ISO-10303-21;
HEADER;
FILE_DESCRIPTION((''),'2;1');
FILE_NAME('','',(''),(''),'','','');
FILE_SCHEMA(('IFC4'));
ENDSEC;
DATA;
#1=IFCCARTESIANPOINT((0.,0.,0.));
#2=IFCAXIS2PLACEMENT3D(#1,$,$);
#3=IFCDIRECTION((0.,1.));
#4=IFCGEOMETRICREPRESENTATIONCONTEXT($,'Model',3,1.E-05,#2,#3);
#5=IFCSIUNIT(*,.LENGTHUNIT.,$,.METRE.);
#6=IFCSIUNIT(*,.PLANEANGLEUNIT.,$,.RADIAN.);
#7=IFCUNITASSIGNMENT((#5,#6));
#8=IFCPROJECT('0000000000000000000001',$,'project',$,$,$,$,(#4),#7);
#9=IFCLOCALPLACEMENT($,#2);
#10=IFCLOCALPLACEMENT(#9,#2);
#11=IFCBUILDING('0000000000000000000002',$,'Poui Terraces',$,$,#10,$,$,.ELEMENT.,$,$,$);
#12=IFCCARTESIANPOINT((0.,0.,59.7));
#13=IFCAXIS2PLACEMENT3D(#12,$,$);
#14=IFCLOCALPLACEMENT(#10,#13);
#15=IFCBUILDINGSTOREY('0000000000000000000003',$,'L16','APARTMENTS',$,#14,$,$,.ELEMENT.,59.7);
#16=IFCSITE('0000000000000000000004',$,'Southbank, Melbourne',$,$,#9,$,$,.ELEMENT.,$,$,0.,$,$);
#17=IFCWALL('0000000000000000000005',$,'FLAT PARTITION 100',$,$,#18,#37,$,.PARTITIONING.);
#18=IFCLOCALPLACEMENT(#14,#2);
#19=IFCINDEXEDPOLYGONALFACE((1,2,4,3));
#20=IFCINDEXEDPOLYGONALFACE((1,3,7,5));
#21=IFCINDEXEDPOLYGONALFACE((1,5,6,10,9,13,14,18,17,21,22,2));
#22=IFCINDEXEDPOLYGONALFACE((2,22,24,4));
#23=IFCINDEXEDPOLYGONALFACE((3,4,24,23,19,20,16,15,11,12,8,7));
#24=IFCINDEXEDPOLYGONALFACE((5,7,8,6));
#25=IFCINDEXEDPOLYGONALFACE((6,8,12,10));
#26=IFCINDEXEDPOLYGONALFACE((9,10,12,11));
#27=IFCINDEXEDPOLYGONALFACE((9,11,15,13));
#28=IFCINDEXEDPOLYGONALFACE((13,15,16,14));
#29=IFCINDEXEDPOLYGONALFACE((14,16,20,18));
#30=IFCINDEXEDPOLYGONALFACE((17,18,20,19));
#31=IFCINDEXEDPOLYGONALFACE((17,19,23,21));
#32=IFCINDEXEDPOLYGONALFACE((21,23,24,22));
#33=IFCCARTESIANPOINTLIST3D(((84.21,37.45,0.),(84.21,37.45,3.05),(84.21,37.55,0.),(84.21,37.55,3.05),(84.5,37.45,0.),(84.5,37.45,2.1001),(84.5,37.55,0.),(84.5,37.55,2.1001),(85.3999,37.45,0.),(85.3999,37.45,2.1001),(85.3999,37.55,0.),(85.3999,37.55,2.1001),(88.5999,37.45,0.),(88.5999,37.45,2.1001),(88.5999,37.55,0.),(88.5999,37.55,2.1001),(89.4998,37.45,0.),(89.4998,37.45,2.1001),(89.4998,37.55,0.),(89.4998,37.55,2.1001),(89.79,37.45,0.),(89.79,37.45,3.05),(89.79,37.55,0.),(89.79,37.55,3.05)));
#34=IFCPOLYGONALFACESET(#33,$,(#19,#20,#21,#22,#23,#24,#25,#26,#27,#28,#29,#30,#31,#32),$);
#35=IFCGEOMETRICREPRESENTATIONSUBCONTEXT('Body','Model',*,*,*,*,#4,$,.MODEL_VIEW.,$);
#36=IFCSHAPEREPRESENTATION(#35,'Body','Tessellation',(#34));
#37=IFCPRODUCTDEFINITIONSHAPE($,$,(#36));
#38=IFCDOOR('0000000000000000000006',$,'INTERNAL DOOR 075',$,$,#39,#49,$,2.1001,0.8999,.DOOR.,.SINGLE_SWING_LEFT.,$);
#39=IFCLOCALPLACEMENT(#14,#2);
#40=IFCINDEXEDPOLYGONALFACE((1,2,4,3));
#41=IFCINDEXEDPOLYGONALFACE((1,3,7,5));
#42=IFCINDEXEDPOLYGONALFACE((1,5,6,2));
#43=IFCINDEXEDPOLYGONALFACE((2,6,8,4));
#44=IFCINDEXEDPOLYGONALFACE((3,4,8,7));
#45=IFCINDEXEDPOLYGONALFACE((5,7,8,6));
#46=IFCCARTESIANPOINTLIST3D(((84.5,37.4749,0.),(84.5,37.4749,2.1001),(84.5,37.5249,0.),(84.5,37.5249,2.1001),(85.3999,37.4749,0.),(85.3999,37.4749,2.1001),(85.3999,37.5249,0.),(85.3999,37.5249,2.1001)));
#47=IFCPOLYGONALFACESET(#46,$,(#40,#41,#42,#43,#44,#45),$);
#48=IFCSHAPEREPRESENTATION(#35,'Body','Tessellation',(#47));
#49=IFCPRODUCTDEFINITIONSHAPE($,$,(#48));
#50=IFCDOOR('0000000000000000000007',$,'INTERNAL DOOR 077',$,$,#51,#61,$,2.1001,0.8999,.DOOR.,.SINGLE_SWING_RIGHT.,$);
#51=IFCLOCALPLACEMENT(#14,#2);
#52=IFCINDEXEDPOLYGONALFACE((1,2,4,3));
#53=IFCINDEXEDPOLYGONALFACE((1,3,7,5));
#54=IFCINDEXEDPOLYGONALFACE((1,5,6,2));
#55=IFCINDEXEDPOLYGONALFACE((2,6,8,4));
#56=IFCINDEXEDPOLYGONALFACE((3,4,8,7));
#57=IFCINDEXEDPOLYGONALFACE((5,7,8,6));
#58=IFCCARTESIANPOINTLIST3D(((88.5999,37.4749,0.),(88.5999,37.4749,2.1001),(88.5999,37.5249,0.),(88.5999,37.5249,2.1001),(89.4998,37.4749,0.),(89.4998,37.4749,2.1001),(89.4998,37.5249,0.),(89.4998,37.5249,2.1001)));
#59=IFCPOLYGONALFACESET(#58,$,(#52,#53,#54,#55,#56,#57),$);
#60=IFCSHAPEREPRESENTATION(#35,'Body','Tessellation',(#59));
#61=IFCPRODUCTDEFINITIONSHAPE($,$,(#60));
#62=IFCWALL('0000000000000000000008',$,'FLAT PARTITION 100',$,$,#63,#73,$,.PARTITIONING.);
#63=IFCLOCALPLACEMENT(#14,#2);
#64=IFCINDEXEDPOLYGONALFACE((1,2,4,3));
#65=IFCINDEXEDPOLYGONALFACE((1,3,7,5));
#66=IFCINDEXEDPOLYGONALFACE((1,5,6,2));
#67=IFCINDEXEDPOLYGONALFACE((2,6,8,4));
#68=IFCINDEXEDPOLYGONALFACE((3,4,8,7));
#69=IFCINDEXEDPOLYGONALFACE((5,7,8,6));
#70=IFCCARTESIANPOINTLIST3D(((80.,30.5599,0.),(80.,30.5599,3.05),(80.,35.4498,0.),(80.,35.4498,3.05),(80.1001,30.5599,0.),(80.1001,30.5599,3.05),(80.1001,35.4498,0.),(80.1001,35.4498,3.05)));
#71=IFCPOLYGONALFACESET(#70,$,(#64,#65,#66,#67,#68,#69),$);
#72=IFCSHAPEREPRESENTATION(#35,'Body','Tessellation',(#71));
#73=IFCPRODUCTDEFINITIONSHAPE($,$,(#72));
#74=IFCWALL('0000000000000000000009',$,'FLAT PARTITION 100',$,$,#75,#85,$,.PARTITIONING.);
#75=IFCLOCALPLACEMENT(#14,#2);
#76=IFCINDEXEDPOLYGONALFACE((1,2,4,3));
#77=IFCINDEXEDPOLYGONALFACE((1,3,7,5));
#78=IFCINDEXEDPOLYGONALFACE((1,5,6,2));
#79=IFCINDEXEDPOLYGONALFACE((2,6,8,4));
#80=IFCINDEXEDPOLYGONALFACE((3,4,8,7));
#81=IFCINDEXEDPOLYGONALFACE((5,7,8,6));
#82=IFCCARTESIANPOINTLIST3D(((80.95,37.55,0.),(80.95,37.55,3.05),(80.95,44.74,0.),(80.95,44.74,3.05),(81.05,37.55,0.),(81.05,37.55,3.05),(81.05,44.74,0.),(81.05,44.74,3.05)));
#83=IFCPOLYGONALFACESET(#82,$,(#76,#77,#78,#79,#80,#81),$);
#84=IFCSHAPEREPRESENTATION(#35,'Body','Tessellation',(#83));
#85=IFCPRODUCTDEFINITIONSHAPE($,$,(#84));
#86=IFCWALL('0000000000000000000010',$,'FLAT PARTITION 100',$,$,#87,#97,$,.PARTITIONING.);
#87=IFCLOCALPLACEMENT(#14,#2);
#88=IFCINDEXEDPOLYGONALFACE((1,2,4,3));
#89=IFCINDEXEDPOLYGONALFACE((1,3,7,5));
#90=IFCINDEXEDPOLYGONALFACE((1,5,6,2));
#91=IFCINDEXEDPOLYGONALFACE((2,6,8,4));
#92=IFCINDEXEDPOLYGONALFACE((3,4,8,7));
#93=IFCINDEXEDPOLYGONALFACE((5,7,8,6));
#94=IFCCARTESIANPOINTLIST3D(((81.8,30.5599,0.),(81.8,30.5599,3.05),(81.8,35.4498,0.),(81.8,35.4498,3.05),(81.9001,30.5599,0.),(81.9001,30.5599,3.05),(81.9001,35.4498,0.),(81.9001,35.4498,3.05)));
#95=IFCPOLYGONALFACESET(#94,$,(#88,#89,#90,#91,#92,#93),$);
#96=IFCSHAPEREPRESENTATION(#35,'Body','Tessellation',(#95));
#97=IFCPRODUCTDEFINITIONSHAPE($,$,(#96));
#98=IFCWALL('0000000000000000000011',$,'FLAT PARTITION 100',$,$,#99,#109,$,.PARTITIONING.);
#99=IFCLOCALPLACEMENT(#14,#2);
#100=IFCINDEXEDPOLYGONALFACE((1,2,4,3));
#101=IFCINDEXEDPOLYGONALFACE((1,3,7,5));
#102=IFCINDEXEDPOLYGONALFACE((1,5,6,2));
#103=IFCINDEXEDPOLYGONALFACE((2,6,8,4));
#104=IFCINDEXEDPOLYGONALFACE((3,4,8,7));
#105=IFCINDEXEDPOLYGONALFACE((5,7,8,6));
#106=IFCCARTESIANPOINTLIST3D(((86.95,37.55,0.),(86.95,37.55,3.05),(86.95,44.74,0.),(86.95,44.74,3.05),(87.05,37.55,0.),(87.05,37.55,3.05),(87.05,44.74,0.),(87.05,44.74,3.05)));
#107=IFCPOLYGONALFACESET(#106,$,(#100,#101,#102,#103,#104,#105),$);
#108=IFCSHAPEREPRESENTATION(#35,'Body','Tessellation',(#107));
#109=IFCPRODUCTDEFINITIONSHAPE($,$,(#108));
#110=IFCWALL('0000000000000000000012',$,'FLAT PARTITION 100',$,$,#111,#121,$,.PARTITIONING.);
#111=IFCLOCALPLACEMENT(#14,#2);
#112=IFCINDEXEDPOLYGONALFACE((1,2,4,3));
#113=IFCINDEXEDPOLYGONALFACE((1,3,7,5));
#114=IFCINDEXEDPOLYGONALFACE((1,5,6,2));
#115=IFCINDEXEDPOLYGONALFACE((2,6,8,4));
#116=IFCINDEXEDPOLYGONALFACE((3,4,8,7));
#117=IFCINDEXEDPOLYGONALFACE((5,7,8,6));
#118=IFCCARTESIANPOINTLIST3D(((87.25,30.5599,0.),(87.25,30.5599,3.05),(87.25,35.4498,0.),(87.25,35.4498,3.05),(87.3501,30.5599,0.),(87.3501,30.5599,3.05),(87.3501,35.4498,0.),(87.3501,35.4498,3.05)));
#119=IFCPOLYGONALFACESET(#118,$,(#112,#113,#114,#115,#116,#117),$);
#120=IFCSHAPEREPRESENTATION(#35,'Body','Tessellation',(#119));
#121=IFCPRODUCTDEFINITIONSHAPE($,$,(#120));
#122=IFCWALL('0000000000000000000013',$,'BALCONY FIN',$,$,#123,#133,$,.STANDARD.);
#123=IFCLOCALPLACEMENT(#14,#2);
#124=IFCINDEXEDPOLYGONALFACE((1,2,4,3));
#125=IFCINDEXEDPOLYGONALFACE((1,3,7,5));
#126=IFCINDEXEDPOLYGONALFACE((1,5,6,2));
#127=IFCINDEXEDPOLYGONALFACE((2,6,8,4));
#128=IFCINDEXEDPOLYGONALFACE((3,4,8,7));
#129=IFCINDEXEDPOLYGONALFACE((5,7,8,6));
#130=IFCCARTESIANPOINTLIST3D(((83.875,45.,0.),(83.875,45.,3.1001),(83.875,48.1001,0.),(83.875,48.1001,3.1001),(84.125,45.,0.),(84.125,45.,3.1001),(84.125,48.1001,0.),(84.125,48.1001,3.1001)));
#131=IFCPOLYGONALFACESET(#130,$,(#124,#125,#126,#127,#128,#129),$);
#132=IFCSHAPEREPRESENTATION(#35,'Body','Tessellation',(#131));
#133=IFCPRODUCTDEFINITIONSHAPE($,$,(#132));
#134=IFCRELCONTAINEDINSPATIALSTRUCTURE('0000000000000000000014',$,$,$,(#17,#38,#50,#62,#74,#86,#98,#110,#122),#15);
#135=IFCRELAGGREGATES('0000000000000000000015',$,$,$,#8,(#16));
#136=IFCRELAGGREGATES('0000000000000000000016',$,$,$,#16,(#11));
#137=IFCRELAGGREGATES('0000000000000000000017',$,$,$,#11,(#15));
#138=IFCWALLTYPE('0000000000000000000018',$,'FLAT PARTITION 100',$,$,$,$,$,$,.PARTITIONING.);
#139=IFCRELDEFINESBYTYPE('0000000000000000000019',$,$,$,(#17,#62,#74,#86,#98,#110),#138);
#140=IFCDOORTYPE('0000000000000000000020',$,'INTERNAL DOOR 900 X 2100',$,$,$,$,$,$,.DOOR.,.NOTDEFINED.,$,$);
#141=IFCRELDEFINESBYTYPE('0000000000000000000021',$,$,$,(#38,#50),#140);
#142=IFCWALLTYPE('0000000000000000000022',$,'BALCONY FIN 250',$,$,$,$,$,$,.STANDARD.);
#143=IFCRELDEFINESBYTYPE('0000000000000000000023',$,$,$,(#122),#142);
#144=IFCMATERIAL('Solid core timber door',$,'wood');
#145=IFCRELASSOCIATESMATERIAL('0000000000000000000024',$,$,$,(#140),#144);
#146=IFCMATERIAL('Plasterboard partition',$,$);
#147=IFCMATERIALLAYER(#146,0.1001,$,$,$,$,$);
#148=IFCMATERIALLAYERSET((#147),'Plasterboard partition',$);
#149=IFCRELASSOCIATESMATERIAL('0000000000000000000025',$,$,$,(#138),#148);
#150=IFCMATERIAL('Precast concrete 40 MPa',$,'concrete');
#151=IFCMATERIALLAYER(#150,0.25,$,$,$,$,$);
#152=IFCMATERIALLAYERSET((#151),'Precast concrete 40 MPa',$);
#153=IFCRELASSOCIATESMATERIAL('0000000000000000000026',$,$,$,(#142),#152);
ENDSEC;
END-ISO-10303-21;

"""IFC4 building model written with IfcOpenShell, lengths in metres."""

from ifc_helpers import new_model, si_unit, direction, frame, frame_2d, origin, place, context, subcontext, project, spatial, polyline, rectangle, outline, extrude, source, transform, mapped, material, layer, layer_set, type_object, element, fill, save


model = new_model("IFC4")

# Units and contexts
model_context = context("Model", 3, precision=1e-05, world=origin(), true_north=direction((0.0, 1.0)))
body_context = subcontext(model_context, "Body", "Model", "MODEL_VIEW")
ifc_project = project(units=[si_unit("LENGTHUNIT", "METRE"), si_unit("PLANEANGLEUNIT", "RADIAN")], contexts=[model_context])

# Site, building, storey
site_placement = place(None, origin())
site = spatial("IfcSite", under=ifc_project, at=site_placement, Name="Southbank, Melbourne", CompositionType="ELEMENT", RefElevation=0.0)
building_placement = place(site_placement, origin())
building = spatial("IfcBuilding", under=site, at=building_placement, Name="Poui Terraces", CompositionType="ELEMENT")
storey_placement = place(building_placement, frame((0.0, 0.0, 59.7)))
storey = spatial("IfcBuildingStorey", under=building, at=storey_placement, Name="L16", Description="APARTMENTS", CompositionType="ELEMENT", Elevation=59.7)

# Shared definitions
ifc_material_1 = material(Name="Solid core timber door", Category="wood")
door_type_1 = type_object("IfcDoorType", Name="INTERNAL DOOR 900 X 2100", OperationType="NOTDEFINED", PredefinedType="DOOR", material=ifc_material_1)

# Shared definitions
ifc_material_2 = material(Name="Plasterboard partition")
ifc_layer_1 = layer(ifc_material_2, 0.1001)
ifc_layer_set_1 = layer_set([ifc_layer_1], Name="Plasterboard partition")
wall_type_1 = type_object("IfcWallType", Name="FLAT PARTITION 100", PredefinedType="PARTITIONING", material=ifc_layer_set_1)

# Wall, openings, doors
wall_1_placement = place(storey_placement, frame((84.21, 37.5, 0.0), z_axis=(0.0, 0.0, 1.0), x_axis=(1.0, 0.0, 0.0)))
wall_1 = element("IfcWall", 1, at=wall_1_placement, inside=storey, type_object=wall_type_1, Name="FLAT PARTITION 100", PredefinedType="PARTITIONING", context=body_context, shape_type="SweptSolid", body=[
    extrude(rectangle(XDim=5.5801, YDim=0.1001, at=frame_2d((2.79, 0.0))), origin(), (0.0, 0.0, 1.0), 3.05),
])
opening_1_placement = place(wall_1_placement, frame((0.29, 0.0, 0.0)))
opening_1 = element("IfcOpeningElement", 2, at=opening_1_placement, cuts=wall_1, PredefinedType="OPENING", context=body_context, shape_type="SweptSolid", body=[
    extrude(rectangle(XDim=0.8999, YDim=2.1001, at=frame_2d((0.45, 1.05))), frame((0.0, 0.0601, 0.0), z_axis=(0.0, -1.0, 0.0), x_axis=(1.0, 0.0, 0.0)), (0.0, 0.0, 1.0), 0.1201),
])
opening_2_placement = place(wall_1_placement, frame((4.3899, 0.0, 0.0)))
opening_2 = element("IfcOpeningElement", 3, at=opening_2_placement, cuts=wall_1, PredefinedType="OPENING", context=body_context, shape_type="SweptSolid", body=[
    extrude(rectangle(XDim=0.8999, YDim=2.1001, at=frame_2d((0.45, 1.05))), frame((0.0, 0.0601, 0.0), z_axis=(0.0, -1.0, 0.0), x_axis=(1.0, 0.0, 0.0)), (0.0, 0.0, 1.0), 0.1201),
])
door_1_placement = place(opening_1_placement, origin())
door_1 = element("IfcDoor", 4, at=door_1_placement, inside=storey, type_object=door_type_1, Name="INTERNAL DOOR 075", OperationType="SINGLE_SWING_LEFT", OverallHeight=2.1001, OverallWidth=0.8999, PredefinedType="DOOR", context=body_context, shape_type="SweptSolid", body=[
    extrude(rectangle(XDim=0.8999, YDim=2.1001, at=frame_2d((0.45, 1.05))), frame((0.0, 0.0249, 0.0), z_axis=(0.0, -1.0, 0.0), x_axis=(1.0, 0.0, 0.0)), (0.0, 0.0, 1.0), 0.05),
])
fill(opening_1, door_1)
door_2_placement = place(opening_2_placement, origin())
door_2 = element("IfcDoor", 5, at=door_2_placement, inside=storey, type_object=door_type_1, Name="INTERNAL DOOR 077", OperationType="SINGLE_SWING_RIGHT", OverallHeight=2.1001, OverallWidth=0.8999, PredefinedType="DOOR", context=body_context, shape_type="SweptSolid", body=[
    extrude(rectangle(XDim=0.8999, YDim=2.1001, at=frame_2d((0.45, 1.05))), frame((0.0, 0.0249, 0.0), z_axis=(0.0, -1.0, 0.0), x_axis=(1.0, 0.0, 0.0)), (0.0, 0.0, 1.0), 0.05),
])
fill(opening_2, door_2)

# Walls
wall_2_placement = place(storey_placement, frame((80.05, 30.5601, 0.0), z_axis=(0.0, 0.0, 1.0), x_axis=(0.0, 1.0, 0.0)))
element("IfcWall", 6, at=wall_2_placement, inside=storey, type_object=wall_type_1, Name="FLAT PARTITION 100", PredefinedType="PARTITIONING", context=body_context, shape_type="SweptSolid", body=[
    extrude(rectangle(XDim=4.8899, YDim=0.1001, at=frame_2d((2.4448, 0.0))), origin(), (0.0, 0.0, 1.0), 3.05),
])
wall_3_placement = place(storey_placement, frame((81.0, 37.55, 0.0), z_axis=(0.0, 0.0, 1.0), x_axis=(0.0, 1.0, 0.0)))
element("IfcWall", 7, at=wall_3_placement, inside=storey, type_object=wall_type_1, Name="FLAT PARTITION 100", PredefinedType="PARTITIONING", context=body_context, shape_type="SweptSolid", body=[
    extrude(rectangle(XDim=7.1899, YDim=0.1001, at=frame_2d((3.595, 0.0))), origin(), (0.0, 0.0, 1.0), 3.05),
])
wall_4_placement = place(storey_placement, frame((81.8501, 30.5601, 0.0), z_axis=(0.0, 0.0, 1.0), x_axis=(0.0, 1.0, 0.0)))
element("IfcWall", 8, at=wall_4_placement, inside=storey, type_object=wall_type_1, Name="FLAT PARTITION 100", PredefinedType="PARTITIONING", context=body_context, shape_type="SweptSolid", body=[
    extrude(rectangle(XDim=4.8899, YDim=0.1001, at=frame_2d((2.4448, 0.0))), origin(), (0.0, 0.0, 1.0), 3.05),
])
wall_5_placement = place(storey_placement, frame((87.0, 37.55, 0.0), z_axis=(0.0, 0.0, 1.0), x_axis=(0.0, 1.0, 0.0)))
element("IfcWall", 9, at=wall_5_placement, inside=storey, type_object=wall_type_1, Name="FLAT PARTITION 100", PredefinedType="PARTITIONING", context=body_context, shape_type="SweptSolid", body=[
    extrude(rectangle(XDim=7.1899, YDim=0.1001, at=frame_2d((3.595, 0.0))), origin(), (0.0, 0.0, 1.0), 3.05),
])
wall_6_placement = place(storey_placement, frame((87.3, 30.5601, 0.0), z_axis=(0.0, 0.0, 1.0), x_axis=(0.0, 1.0, 0.0)))
element("IfcWall", 10, at=wall_6_placement, inside=storey, type_object=wall_type_1, Name="FLAT PARTITION 100", PredefinedType="PARTITIONING", context=body_context, shape_type="SweptSolid", body=[
    extrude(rectangle(XDim=4.8899, YDim=0.1001, at=frame_2d((2.4448, 0.0))), origin(), (0.0, 0.0, 1.0), 3.05),
])
ifc_material_3 = material(Name="Precast concrete 40 MPa", Category="concrete")
ifc_layer_2 = layer(ifc_material_3, 0.25)
ifc_layer_set_2 = layer_set([ifc_layer_2], Name="Precast concrete 40 MPa")
wall_type_2 = type_object("IfcWallType", Name="BALCONY FIN 250", PredefinedType="STANDARD", material=ifc_layer_set_2)
shared_shape_1 = source(origin(), body_context, "Body", "SweptSolid", [
    extrude(outline(polyline([(0.0, 0.0), (0.25, 0.0), (0.25, 3.1001), (0.0, 3.1001), (0.0, 0.0)])), origin(), (0.0, 0.0, 1.0), 3.1001),
])
wall_7_placement = place(storey_placement, frame((83.875, 45.0, 0.0)))
element("IfcWall", 11, at=wall_7_placement, inside=storey, type_object=wall_type_2, Name="BALCONY FIN", PredefinedType="STANDARD", context=body_context, shape_type="MappedRepresentation", body=[
    mapped(shared_shape_1, transform((0.0, 0.0, 0.0))),
])

save(model, "model.ifc")
